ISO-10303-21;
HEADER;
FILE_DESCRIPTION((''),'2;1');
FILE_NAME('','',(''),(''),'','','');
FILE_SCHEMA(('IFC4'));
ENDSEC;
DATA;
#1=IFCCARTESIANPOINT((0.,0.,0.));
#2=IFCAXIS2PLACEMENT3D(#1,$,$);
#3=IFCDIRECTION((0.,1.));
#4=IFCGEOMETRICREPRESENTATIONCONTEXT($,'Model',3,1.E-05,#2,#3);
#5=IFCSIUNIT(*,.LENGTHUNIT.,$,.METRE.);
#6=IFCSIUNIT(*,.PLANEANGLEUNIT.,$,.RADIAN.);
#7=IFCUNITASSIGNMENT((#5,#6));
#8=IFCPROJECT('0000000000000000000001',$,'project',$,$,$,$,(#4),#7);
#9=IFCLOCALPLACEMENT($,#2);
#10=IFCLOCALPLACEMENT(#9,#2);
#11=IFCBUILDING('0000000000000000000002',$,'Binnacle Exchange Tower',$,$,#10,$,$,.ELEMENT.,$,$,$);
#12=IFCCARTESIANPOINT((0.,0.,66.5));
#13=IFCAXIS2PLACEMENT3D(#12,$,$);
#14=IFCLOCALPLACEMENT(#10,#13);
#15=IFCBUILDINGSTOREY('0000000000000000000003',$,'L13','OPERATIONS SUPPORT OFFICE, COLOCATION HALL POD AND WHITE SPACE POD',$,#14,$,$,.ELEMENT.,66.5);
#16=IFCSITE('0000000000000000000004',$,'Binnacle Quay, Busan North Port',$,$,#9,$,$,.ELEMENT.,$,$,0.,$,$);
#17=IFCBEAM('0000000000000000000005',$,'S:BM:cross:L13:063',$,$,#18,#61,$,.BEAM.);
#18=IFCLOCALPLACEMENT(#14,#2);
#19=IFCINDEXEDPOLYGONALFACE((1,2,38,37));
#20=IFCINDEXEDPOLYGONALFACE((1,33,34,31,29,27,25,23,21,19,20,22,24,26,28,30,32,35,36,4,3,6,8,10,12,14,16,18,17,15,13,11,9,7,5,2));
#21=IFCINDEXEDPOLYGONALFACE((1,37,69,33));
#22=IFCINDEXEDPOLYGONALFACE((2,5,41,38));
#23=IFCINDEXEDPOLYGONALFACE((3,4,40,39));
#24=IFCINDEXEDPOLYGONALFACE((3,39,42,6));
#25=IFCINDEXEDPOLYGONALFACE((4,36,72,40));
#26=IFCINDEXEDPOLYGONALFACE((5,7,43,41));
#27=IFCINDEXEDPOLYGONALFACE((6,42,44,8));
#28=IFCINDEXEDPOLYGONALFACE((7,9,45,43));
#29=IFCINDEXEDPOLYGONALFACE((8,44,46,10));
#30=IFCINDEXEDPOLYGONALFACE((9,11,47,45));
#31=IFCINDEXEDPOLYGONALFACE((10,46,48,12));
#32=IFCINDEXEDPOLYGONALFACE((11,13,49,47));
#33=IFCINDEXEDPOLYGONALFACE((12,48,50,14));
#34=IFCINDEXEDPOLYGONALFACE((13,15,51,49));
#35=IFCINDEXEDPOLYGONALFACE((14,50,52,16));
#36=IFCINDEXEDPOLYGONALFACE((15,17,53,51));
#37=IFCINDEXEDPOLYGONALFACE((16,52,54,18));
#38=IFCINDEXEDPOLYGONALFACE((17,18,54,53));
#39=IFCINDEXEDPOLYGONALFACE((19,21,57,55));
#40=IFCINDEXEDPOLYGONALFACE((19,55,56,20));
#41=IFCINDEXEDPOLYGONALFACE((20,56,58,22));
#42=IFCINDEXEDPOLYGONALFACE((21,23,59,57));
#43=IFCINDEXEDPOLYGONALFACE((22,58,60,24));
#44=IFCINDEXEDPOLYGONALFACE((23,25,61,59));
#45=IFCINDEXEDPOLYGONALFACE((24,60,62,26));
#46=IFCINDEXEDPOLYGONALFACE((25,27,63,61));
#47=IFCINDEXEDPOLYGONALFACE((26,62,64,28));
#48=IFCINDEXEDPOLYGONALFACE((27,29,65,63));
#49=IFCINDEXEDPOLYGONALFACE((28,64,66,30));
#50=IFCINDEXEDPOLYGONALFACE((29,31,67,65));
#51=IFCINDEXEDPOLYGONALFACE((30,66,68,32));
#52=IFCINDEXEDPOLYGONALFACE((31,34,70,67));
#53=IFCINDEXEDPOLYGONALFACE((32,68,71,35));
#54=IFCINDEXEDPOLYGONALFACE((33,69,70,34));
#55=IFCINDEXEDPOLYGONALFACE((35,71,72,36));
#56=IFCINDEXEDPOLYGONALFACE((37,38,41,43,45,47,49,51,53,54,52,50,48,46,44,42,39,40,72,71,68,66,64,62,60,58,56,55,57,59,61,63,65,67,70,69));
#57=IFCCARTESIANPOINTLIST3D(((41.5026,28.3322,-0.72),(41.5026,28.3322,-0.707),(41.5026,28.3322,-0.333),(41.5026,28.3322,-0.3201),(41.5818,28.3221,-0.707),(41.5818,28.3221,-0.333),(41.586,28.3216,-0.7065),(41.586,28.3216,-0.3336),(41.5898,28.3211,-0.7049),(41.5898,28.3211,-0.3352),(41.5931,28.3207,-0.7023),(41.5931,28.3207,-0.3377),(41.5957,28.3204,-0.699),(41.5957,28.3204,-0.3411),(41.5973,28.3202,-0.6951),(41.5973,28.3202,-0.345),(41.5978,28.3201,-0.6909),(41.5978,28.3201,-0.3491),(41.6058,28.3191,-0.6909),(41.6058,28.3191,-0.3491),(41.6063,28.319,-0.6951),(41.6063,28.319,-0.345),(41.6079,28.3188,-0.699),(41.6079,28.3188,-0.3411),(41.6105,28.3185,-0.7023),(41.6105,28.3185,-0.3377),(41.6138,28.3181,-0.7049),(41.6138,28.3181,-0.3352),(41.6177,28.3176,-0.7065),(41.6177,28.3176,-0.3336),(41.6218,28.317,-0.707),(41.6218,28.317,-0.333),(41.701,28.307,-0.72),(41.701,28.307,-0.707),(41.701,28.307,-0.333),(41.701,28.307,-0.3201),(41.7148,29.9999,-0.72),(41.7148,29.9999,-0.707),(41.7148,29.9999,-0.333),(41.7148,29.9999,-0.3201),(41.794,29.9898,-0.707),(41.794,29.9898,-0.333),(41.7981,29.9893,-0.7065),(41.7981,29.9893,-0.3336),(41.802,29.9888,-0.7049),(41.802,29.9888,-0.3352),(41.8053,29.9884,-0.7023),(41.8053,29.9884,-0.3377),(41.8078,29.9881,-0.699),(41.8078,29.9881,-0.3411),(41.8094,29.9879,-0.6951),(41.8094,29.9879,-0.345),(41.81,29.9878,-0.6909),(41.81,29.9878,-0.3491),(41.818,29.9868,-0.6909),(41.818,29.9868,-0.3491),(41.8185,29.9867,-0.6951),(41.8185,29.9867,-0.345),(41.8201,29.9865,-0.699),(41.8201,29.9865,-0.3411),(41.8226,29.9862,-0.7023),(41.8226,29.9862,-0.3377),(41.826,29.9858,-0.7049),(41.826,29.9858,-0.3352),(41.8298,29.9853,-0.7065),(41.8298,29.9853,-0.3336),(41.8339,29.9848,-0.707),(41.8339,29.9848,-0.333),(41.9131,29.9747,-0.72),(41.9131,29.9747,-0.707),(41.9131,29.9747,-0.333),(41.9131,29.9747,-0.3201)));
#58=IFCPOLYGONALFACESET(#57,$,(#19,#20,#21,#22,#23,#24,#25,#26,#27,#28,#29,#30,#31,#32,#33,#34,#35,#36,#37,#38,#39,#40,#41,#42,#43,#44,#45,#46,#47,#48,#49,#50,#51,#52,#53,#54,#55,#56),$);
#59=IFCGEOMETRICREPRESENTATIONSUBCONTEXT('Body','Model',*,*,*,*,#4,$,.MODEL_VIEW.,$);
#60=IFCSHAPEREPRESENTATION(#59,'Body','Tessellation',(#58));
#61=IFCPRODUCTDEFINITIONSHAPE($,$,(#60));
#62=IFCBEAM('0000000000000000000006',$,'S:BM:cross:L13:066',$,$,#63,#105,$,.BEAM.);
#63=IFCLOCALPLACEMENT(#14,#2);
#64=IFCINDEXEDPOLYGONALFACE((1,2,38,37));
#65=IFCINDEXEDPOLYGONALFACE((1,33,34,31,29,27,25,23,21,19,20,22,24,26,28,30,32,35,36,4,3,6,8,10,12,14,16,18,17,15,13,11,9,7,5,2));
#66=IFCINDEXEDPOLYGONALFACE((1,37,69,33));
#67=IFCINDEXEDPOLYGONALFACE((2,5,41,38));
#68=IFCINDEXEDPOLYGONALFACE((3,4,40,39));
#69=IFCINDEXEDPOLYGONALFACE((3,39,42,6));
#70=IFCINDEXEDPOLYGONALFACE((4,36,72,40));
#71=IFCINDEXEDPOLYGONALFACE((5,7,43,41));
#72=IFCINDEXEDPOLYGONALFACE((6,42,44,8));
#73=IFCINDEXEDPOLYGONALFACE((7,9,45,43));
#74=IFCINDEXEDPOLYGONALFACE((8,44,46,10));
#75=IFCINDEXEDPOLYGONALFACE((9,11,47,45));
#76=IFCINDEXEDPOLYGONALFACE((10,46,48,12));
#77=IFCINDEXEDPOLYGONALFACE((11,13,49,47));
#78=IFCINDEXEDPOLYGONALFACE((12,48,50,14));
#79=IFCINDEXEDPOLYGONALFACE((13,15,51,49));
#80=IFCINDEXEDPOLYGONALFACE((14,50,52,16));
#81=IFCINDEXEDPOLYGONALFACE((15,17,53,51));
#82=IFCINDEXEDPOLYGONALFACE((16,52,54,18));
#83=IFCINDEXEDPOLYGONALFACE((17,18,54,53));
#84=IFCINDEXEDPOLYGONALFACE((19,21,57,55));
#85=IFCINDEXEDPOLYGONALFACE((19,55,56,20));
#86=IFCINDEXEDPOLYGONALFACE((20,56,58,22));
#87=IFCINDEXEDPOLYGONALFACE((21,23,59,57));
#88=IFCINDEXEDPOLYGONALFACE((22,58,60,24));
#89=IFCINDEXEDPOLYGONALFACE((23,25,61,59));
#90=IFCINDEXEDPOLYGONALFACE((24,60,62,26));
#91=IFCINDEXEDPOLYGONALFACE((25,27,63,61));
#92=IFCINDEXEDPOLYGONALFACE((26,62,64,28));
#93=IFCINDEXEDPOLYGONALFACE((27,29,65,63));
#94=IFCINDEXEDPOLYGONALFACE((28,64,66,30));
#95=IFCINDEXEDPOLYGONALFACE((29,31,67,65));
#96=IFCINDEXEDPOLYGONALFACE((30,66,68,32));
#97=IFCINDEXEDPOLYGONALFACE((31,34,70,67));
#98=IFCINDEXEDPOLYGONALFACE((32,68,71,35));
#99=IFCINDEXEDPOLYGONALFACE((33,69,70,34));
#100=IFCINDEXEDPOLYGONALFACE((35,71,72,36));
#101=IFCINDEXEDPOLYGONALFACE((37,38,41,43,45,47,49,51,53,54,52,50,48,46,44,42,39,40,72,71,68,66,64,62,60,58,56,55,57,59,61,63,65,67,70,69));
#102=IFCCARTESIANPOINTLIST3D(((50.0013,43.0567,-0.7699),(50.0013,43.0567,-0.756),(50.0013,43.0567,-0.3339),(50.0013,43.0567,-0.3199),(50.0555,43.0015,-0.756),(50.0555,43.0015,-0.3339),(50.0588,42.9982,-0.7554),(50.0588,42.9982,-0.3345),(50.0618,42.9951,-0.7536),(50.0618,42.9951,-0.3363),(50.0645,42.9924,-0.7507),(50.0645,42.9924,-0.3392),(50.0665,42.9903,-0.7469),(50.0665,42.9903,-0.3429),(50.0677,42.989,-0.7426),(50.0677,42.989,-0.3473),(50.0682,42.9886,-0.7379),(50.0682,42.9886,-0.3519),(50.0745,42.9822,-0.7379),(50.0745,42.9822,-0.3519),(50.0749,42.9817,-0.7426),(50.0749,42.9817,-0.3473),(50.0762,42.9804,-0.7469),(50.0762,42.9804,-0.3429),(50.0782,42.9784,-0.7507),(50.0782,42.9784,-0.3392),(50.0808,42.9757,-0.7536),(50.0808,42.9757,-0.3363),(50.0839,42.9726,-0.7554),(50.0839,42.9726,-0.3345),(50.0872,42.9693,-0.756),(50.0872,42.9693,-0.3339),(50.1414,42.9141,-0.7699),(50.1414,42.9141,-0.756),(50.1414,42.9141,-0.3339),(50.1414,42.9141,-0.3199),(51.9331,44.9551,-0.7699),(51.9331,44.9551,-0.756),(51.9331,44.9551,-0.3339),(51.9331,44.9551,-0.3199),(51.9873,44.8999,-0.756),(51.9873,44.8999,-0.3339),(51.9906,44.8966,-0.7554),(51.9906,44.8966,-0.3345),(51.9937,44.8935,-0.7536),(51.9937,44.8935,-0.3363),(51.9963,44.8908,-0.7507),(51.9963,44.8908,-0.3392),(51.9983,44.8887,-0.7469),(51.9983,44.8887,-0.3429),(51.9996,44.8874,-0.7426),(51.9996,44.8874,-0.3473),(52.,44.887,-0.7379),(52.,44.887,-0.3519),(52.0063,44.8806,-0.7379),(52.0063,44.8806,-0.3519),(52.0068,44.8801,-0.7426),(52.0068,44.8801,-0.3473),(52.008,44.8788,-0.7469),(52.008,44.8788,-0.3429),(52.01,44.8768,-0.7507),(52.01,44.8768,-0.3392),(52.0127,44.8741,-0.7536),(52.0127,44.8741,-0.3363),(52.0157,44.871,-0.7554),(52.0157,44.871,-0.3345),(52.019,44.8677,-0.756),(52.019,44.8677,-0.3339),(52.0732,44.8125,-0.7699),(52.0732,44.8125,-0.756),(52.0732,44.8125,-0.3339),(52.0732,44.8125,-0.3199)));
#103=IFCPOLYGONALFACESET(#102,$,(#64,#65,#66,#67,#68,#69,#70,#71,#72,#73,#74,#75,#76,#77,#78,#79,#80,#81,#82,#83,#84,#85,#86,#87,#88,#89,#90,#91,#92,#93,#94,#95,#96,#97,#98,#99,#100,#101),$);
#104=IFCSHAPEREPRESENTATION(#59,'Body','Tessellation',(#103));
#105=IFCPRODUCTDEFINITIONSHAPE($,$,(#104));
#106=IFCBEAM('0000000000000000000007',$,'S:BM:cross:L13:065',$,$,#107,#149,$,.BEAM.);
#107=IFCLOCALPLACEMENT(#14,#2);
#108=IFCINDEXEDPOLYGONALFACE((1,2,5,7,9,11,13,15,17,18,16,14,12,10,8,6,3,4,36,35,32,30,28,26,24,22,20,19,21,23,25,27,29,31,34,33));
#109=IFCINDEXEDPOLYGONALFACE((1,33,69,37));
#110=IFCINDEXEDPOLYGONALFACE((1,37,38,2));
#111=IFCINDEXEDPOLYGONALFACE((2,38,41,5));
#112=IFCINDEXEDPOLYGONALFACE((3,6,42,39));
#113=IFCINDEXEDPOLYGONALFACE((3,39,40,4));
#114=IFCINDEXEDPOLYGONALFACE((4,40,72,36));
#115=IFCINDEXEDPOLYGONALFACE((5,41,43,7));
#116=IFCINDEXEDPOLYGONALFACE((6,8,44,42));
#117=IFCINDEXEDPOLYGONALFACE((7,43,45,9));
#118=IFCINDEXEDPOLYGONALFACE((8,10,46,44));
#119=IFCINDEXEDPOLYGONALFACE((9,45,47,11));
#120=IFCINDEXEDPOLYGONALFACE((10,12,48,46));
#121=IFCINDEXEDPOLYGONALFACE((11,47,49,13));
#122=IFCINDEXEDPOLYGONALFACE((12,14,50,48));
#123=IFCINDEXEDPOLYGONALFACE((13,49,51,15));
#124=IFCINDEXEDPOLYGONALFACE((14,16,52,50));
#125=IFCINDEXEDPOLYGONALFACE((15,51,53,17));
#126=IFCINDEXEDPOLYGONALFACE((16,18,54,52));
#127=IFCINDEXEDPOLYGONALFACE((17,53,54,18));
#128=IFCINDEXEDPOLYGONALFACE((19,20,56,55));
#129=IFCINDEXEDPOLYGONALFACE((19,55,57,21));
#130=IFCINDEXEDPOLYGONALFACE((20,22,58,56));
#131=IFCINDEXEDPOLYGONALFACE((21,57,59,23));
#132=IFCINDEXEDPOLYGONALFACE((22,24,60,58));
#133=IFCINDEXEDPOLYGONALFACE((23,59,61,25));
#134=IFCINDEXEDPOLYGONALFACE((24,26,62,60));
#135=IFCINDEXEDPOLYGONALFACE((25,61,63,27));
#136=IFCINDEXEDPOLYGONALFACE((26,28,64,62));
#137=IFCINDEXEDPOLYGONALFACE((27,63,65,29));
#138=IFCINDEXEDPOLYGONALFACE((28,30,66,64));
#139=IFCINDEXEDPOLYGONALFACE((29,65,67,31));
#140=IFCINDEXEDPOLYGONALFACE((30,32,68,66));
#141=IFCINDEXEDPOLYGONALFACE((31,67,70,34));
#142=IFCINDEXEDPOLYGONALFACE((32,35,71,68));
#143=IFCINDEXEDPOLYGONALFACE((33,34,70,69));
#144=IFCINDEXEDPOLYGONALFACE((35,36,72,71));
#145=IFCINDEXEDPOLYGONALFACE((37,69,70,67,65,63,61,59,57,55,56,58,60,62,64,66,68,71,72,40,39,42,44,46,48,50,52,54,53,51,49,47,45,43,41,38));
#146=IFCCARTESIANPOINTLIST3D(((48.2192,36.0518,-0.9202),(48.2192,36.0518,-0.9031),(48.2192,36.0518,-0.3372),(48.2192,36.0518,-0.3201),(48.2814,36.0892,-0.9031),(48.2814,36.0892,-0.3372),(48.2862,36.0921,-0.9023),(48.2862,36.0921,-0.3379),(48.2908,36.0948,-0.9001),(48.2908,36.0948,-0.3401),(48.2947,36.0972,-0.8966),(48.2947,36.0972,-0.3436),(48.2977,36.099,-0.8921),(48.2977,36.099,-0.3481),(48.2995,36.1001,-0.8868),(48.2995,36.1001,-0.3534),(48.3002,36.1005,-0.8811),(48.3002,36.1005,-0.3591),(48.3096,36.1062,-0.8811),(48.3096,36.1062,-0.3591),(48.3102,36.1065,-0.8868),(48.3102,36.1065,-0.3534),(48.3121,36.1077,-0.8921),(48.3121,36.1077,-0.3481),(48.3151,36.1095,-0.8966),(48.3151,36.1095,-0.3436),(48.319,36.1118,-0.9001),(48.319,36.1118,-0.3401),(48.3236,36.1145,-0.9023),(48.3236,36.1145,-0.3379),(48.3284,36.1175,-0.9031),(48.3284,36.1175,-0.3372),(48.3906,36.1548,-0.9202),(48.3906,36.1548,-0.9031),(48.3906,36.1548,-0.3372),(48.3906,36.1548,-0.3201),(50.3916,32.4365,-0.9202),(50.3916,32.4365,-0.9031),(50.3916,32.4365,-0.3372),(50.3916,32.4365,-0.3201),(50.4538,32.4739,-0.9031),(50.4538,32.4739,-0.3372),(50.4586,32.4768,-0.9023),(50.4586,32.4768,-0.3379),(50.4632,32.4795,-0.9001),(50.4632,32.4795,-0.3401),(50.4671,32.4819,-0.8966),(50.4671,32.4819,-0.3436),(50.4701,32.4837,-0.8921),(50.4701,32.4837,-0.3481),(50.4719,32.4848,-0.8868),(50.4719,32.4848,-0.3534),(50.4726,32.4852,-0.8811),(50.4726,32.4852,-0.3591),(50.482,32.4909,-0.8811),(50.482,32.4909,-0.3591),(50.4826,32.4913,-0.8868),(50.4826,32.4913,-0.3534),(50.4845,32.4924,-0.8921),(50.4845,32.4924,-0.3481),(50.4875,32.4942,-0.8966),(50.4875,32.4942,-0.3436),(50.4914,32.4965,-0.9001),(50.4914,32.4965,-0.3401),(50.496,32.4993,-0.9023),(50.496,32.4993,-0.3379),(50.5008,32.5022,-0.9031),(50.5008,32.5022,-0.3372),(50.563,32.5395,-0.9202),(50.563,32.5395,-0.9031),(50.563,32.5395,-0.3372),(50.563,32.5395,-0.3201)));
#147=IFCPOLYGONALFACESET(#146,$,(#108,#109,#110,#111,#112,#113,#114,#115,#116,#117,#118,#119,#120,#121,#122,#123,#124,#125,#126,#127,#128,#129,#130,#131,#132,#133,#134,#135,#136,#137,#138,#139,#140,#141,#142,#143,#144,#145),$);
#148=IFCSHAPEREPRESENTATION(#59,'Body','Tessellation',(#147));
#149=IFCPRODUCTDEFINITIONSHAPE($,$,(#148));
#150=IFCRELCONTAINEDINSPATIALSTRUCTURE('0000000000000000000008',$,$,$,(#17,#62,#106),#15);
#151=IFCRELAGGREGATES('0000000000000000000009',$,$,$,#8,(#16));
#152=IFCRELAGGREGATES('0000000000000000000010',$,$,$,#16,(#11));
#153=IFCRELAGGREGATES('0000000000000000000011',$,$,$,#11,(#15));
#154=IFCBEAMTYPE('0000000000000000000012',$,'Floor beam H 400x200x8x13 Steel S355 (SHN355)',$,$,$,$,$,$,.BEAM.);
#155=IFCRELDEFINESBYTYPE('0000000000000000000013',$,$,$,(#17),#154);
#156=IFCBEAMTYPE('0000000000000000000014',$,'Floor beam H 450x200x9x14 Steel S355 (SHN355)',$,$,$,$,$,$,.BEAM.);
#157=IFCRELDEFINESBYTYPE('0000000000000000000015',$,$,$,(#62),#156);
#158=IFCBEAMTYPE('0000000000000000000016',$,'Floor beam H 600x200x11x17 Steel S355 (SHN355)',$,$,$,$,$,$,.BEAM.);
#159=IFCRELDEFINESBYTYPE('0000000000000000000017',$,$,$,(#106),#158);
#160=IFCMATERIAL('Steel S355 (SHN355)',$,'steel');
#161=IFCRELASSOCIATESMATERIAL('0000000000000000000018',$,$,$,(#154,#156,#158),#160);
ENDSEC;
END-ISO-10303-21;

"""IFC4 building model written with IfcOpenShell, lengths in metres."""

from ifc_helpers import new_model, si_unit, direction, frame, origin, origin_2d, place, context, subcontext, project, spatial, i_section, extrude, material, material_profile, profile_set, type_object, element, save


model = new_model("IFC4")

# Units and contexts
model_context = context("Model", 3, precision=1e-05, world=origin(), true_north=direction((0.0, 1.0)))
body_context = subcontext(model_context, "Body", "Model", "MODEL_VIEW")
ifc_project = project(units=[si_unit("LENGTHUNIT", "METRE"), si_unit("PLANEANGLEUNIT", "RADIAN")], contexts=[model_context])

# Site, building, storey
site_placement = place(None, origin())
site = spatial("IfcSite", under=ifc_project, at=site_placement, Name="Binnacle Quay, Busan North Port", CompositionType="ELEMENT", RefElevation=0.0)
building_placement = place(site_placement, origin())
building = spatial("IfcBuilding", under=site, at=building_placement, Name="Binnacle Exchange Tower", CompositionType="ELEMENT")
storey_placement = place(building_placement, frame((0.0, 0.0, 66.5)))
storey = spatial("IfcBuildingStorey", under=building, at=storey_placement, Name="L13", Description="OPERATIONS SUPPORT OFFICE, COLOCATION HALL POD AND WHITE SPACE POD", CompositionType="ELEMENT", Elevation=66.5)

# Beams
ifc_material_1 = material(Name="Steel S355 (SHN355)", Category="steel")
ifc_material_profile_1 = material_profile(ifc_material_1, i_section(OverallWidth=0.2, OverallDepth=0.3999, WebThickness=0.0081, FlangeThickness=0.0129, FilletRadius=0.0161, at=origin_2d()), Name="H 400x200x8x13")
ifc_profile_set_1 = profile_set([ifc_material_profile_1], Name="Steel S355 (SHN355)")
beam_type_1 = type_object("IfcBeamType", Name="Floor beam H 400x200x8x13 Steel S355 (SHN355)", PredefinedType="BEAM", material=ifc_profile_set_1)
beam_1_placement = place(storey_placement, frame((41.6018, 28.3196, -0.52), z_axis=(0.126197, 0.992005, 0.0), x_axis=(-0.992005, 0.126197, 0.0)))
element("IfcBeam", 1, at=beam_1_placement, inside=storey, type_object=beam_type_1, Name="S:BM:cross:L13:063", PredefinedType="BEAM", context=body_context, shape_type="SweptSolid", body=[
    extrude(i_section(OverallWidth=0.2, OverallDepth=0.3999, WebThickness=0.0081, FlangeThickness=0.0129, FilletRadius=0.0161, at=origin_2d()), origin(), (0.0, 0.0, 1.0), 1.6812),
])
ifc_material_profile_2 = material_profile(ifc_material_1, i_section(OverallWidth=0.2, OverallDepth=0.45, WebThickness=0.009, FlangeThickness=0.0139, FilletRadius=0.0181, at=origin_2d()), Name="H 450x200x9x14")
ifc_profile_set_2 = profile_set([ifc_material_profile_2], Name="Steel S355 (SHN355)")
beam_type_2 = type_object("IfcBeamType", Name="Floor beam H 450x200x9x14 Steel S355 (SHN355)", PredefinedType="BEAM", material=ifc_profile_set_2)
beam_2_placement = place(storey_placement, frame((52.0032, 44.8838, -0.5449), z_axis=(-0.713254, -0.700905, 0.0), x_axis=(0.700905, -0.713254, 0.0)))
element("IfcBeam", 2, at=beam_2_placement, inside=storey, type_object=beam_type_2, Name="S:BM:cross:L13:066", PredefinedType="BEAM", context=body_context, shape_type="SweptSolid", body=[
    extrude(i_section(OverallWidth=0.2, OverallDepth=0.45, WebThickness=0.009, FlangeThickness=0.0139, FilletRadius=0.0181, at=origin_2d()), origin(), (0.0, 0.0, 1.0), 2.7085),
])
ifc_material_profile_3 = material_profile(ifc_material_1, i_section(OverallWidth=0.2, OverallDepth=0.6001, WebThickness=0.011, FlangeThickness=0.0171, FilletRadius=0.022, at=origin_2d()), Name="H 600x200x11x17")
ifc_profile_set_3 = profile_set([ifc_material_profile_3], Name="Steel S355 (SHN355)")
beam_type_3 = type_object("IfcBeamType", Name="Floor beam H 600x200x11x17 Steel S355 (SHN355)", PredefinedType="BEAM", material=ifc_profile_set_3)
beam_3_placement = place(storey_placement, frame((50.4773, 32.488, -0.6201), z_axis=(-0.515057, 0.857156, 0.0), x_axis=(-0.857156, -0.515057, 0.0)))
element("IfcBeam", 3, at=beam_3_placement, inside=storey, type_object=beam_type_3, Name="S:BM:cross:L13:065", PredefinedType="BEAM", context=body_context, shape_type="SweptSolid", body=[
    extrude(i_section(OverallWidth=0.2, OverallDepth=0.6001, WebThickness=0.011, FlangeThickness=0.0171, FilletRadius=0.022, at=origin_2d()), origin(), (0.0, 0.0, 1.0), 4.2178),
])

save(model, "model.ifc")
